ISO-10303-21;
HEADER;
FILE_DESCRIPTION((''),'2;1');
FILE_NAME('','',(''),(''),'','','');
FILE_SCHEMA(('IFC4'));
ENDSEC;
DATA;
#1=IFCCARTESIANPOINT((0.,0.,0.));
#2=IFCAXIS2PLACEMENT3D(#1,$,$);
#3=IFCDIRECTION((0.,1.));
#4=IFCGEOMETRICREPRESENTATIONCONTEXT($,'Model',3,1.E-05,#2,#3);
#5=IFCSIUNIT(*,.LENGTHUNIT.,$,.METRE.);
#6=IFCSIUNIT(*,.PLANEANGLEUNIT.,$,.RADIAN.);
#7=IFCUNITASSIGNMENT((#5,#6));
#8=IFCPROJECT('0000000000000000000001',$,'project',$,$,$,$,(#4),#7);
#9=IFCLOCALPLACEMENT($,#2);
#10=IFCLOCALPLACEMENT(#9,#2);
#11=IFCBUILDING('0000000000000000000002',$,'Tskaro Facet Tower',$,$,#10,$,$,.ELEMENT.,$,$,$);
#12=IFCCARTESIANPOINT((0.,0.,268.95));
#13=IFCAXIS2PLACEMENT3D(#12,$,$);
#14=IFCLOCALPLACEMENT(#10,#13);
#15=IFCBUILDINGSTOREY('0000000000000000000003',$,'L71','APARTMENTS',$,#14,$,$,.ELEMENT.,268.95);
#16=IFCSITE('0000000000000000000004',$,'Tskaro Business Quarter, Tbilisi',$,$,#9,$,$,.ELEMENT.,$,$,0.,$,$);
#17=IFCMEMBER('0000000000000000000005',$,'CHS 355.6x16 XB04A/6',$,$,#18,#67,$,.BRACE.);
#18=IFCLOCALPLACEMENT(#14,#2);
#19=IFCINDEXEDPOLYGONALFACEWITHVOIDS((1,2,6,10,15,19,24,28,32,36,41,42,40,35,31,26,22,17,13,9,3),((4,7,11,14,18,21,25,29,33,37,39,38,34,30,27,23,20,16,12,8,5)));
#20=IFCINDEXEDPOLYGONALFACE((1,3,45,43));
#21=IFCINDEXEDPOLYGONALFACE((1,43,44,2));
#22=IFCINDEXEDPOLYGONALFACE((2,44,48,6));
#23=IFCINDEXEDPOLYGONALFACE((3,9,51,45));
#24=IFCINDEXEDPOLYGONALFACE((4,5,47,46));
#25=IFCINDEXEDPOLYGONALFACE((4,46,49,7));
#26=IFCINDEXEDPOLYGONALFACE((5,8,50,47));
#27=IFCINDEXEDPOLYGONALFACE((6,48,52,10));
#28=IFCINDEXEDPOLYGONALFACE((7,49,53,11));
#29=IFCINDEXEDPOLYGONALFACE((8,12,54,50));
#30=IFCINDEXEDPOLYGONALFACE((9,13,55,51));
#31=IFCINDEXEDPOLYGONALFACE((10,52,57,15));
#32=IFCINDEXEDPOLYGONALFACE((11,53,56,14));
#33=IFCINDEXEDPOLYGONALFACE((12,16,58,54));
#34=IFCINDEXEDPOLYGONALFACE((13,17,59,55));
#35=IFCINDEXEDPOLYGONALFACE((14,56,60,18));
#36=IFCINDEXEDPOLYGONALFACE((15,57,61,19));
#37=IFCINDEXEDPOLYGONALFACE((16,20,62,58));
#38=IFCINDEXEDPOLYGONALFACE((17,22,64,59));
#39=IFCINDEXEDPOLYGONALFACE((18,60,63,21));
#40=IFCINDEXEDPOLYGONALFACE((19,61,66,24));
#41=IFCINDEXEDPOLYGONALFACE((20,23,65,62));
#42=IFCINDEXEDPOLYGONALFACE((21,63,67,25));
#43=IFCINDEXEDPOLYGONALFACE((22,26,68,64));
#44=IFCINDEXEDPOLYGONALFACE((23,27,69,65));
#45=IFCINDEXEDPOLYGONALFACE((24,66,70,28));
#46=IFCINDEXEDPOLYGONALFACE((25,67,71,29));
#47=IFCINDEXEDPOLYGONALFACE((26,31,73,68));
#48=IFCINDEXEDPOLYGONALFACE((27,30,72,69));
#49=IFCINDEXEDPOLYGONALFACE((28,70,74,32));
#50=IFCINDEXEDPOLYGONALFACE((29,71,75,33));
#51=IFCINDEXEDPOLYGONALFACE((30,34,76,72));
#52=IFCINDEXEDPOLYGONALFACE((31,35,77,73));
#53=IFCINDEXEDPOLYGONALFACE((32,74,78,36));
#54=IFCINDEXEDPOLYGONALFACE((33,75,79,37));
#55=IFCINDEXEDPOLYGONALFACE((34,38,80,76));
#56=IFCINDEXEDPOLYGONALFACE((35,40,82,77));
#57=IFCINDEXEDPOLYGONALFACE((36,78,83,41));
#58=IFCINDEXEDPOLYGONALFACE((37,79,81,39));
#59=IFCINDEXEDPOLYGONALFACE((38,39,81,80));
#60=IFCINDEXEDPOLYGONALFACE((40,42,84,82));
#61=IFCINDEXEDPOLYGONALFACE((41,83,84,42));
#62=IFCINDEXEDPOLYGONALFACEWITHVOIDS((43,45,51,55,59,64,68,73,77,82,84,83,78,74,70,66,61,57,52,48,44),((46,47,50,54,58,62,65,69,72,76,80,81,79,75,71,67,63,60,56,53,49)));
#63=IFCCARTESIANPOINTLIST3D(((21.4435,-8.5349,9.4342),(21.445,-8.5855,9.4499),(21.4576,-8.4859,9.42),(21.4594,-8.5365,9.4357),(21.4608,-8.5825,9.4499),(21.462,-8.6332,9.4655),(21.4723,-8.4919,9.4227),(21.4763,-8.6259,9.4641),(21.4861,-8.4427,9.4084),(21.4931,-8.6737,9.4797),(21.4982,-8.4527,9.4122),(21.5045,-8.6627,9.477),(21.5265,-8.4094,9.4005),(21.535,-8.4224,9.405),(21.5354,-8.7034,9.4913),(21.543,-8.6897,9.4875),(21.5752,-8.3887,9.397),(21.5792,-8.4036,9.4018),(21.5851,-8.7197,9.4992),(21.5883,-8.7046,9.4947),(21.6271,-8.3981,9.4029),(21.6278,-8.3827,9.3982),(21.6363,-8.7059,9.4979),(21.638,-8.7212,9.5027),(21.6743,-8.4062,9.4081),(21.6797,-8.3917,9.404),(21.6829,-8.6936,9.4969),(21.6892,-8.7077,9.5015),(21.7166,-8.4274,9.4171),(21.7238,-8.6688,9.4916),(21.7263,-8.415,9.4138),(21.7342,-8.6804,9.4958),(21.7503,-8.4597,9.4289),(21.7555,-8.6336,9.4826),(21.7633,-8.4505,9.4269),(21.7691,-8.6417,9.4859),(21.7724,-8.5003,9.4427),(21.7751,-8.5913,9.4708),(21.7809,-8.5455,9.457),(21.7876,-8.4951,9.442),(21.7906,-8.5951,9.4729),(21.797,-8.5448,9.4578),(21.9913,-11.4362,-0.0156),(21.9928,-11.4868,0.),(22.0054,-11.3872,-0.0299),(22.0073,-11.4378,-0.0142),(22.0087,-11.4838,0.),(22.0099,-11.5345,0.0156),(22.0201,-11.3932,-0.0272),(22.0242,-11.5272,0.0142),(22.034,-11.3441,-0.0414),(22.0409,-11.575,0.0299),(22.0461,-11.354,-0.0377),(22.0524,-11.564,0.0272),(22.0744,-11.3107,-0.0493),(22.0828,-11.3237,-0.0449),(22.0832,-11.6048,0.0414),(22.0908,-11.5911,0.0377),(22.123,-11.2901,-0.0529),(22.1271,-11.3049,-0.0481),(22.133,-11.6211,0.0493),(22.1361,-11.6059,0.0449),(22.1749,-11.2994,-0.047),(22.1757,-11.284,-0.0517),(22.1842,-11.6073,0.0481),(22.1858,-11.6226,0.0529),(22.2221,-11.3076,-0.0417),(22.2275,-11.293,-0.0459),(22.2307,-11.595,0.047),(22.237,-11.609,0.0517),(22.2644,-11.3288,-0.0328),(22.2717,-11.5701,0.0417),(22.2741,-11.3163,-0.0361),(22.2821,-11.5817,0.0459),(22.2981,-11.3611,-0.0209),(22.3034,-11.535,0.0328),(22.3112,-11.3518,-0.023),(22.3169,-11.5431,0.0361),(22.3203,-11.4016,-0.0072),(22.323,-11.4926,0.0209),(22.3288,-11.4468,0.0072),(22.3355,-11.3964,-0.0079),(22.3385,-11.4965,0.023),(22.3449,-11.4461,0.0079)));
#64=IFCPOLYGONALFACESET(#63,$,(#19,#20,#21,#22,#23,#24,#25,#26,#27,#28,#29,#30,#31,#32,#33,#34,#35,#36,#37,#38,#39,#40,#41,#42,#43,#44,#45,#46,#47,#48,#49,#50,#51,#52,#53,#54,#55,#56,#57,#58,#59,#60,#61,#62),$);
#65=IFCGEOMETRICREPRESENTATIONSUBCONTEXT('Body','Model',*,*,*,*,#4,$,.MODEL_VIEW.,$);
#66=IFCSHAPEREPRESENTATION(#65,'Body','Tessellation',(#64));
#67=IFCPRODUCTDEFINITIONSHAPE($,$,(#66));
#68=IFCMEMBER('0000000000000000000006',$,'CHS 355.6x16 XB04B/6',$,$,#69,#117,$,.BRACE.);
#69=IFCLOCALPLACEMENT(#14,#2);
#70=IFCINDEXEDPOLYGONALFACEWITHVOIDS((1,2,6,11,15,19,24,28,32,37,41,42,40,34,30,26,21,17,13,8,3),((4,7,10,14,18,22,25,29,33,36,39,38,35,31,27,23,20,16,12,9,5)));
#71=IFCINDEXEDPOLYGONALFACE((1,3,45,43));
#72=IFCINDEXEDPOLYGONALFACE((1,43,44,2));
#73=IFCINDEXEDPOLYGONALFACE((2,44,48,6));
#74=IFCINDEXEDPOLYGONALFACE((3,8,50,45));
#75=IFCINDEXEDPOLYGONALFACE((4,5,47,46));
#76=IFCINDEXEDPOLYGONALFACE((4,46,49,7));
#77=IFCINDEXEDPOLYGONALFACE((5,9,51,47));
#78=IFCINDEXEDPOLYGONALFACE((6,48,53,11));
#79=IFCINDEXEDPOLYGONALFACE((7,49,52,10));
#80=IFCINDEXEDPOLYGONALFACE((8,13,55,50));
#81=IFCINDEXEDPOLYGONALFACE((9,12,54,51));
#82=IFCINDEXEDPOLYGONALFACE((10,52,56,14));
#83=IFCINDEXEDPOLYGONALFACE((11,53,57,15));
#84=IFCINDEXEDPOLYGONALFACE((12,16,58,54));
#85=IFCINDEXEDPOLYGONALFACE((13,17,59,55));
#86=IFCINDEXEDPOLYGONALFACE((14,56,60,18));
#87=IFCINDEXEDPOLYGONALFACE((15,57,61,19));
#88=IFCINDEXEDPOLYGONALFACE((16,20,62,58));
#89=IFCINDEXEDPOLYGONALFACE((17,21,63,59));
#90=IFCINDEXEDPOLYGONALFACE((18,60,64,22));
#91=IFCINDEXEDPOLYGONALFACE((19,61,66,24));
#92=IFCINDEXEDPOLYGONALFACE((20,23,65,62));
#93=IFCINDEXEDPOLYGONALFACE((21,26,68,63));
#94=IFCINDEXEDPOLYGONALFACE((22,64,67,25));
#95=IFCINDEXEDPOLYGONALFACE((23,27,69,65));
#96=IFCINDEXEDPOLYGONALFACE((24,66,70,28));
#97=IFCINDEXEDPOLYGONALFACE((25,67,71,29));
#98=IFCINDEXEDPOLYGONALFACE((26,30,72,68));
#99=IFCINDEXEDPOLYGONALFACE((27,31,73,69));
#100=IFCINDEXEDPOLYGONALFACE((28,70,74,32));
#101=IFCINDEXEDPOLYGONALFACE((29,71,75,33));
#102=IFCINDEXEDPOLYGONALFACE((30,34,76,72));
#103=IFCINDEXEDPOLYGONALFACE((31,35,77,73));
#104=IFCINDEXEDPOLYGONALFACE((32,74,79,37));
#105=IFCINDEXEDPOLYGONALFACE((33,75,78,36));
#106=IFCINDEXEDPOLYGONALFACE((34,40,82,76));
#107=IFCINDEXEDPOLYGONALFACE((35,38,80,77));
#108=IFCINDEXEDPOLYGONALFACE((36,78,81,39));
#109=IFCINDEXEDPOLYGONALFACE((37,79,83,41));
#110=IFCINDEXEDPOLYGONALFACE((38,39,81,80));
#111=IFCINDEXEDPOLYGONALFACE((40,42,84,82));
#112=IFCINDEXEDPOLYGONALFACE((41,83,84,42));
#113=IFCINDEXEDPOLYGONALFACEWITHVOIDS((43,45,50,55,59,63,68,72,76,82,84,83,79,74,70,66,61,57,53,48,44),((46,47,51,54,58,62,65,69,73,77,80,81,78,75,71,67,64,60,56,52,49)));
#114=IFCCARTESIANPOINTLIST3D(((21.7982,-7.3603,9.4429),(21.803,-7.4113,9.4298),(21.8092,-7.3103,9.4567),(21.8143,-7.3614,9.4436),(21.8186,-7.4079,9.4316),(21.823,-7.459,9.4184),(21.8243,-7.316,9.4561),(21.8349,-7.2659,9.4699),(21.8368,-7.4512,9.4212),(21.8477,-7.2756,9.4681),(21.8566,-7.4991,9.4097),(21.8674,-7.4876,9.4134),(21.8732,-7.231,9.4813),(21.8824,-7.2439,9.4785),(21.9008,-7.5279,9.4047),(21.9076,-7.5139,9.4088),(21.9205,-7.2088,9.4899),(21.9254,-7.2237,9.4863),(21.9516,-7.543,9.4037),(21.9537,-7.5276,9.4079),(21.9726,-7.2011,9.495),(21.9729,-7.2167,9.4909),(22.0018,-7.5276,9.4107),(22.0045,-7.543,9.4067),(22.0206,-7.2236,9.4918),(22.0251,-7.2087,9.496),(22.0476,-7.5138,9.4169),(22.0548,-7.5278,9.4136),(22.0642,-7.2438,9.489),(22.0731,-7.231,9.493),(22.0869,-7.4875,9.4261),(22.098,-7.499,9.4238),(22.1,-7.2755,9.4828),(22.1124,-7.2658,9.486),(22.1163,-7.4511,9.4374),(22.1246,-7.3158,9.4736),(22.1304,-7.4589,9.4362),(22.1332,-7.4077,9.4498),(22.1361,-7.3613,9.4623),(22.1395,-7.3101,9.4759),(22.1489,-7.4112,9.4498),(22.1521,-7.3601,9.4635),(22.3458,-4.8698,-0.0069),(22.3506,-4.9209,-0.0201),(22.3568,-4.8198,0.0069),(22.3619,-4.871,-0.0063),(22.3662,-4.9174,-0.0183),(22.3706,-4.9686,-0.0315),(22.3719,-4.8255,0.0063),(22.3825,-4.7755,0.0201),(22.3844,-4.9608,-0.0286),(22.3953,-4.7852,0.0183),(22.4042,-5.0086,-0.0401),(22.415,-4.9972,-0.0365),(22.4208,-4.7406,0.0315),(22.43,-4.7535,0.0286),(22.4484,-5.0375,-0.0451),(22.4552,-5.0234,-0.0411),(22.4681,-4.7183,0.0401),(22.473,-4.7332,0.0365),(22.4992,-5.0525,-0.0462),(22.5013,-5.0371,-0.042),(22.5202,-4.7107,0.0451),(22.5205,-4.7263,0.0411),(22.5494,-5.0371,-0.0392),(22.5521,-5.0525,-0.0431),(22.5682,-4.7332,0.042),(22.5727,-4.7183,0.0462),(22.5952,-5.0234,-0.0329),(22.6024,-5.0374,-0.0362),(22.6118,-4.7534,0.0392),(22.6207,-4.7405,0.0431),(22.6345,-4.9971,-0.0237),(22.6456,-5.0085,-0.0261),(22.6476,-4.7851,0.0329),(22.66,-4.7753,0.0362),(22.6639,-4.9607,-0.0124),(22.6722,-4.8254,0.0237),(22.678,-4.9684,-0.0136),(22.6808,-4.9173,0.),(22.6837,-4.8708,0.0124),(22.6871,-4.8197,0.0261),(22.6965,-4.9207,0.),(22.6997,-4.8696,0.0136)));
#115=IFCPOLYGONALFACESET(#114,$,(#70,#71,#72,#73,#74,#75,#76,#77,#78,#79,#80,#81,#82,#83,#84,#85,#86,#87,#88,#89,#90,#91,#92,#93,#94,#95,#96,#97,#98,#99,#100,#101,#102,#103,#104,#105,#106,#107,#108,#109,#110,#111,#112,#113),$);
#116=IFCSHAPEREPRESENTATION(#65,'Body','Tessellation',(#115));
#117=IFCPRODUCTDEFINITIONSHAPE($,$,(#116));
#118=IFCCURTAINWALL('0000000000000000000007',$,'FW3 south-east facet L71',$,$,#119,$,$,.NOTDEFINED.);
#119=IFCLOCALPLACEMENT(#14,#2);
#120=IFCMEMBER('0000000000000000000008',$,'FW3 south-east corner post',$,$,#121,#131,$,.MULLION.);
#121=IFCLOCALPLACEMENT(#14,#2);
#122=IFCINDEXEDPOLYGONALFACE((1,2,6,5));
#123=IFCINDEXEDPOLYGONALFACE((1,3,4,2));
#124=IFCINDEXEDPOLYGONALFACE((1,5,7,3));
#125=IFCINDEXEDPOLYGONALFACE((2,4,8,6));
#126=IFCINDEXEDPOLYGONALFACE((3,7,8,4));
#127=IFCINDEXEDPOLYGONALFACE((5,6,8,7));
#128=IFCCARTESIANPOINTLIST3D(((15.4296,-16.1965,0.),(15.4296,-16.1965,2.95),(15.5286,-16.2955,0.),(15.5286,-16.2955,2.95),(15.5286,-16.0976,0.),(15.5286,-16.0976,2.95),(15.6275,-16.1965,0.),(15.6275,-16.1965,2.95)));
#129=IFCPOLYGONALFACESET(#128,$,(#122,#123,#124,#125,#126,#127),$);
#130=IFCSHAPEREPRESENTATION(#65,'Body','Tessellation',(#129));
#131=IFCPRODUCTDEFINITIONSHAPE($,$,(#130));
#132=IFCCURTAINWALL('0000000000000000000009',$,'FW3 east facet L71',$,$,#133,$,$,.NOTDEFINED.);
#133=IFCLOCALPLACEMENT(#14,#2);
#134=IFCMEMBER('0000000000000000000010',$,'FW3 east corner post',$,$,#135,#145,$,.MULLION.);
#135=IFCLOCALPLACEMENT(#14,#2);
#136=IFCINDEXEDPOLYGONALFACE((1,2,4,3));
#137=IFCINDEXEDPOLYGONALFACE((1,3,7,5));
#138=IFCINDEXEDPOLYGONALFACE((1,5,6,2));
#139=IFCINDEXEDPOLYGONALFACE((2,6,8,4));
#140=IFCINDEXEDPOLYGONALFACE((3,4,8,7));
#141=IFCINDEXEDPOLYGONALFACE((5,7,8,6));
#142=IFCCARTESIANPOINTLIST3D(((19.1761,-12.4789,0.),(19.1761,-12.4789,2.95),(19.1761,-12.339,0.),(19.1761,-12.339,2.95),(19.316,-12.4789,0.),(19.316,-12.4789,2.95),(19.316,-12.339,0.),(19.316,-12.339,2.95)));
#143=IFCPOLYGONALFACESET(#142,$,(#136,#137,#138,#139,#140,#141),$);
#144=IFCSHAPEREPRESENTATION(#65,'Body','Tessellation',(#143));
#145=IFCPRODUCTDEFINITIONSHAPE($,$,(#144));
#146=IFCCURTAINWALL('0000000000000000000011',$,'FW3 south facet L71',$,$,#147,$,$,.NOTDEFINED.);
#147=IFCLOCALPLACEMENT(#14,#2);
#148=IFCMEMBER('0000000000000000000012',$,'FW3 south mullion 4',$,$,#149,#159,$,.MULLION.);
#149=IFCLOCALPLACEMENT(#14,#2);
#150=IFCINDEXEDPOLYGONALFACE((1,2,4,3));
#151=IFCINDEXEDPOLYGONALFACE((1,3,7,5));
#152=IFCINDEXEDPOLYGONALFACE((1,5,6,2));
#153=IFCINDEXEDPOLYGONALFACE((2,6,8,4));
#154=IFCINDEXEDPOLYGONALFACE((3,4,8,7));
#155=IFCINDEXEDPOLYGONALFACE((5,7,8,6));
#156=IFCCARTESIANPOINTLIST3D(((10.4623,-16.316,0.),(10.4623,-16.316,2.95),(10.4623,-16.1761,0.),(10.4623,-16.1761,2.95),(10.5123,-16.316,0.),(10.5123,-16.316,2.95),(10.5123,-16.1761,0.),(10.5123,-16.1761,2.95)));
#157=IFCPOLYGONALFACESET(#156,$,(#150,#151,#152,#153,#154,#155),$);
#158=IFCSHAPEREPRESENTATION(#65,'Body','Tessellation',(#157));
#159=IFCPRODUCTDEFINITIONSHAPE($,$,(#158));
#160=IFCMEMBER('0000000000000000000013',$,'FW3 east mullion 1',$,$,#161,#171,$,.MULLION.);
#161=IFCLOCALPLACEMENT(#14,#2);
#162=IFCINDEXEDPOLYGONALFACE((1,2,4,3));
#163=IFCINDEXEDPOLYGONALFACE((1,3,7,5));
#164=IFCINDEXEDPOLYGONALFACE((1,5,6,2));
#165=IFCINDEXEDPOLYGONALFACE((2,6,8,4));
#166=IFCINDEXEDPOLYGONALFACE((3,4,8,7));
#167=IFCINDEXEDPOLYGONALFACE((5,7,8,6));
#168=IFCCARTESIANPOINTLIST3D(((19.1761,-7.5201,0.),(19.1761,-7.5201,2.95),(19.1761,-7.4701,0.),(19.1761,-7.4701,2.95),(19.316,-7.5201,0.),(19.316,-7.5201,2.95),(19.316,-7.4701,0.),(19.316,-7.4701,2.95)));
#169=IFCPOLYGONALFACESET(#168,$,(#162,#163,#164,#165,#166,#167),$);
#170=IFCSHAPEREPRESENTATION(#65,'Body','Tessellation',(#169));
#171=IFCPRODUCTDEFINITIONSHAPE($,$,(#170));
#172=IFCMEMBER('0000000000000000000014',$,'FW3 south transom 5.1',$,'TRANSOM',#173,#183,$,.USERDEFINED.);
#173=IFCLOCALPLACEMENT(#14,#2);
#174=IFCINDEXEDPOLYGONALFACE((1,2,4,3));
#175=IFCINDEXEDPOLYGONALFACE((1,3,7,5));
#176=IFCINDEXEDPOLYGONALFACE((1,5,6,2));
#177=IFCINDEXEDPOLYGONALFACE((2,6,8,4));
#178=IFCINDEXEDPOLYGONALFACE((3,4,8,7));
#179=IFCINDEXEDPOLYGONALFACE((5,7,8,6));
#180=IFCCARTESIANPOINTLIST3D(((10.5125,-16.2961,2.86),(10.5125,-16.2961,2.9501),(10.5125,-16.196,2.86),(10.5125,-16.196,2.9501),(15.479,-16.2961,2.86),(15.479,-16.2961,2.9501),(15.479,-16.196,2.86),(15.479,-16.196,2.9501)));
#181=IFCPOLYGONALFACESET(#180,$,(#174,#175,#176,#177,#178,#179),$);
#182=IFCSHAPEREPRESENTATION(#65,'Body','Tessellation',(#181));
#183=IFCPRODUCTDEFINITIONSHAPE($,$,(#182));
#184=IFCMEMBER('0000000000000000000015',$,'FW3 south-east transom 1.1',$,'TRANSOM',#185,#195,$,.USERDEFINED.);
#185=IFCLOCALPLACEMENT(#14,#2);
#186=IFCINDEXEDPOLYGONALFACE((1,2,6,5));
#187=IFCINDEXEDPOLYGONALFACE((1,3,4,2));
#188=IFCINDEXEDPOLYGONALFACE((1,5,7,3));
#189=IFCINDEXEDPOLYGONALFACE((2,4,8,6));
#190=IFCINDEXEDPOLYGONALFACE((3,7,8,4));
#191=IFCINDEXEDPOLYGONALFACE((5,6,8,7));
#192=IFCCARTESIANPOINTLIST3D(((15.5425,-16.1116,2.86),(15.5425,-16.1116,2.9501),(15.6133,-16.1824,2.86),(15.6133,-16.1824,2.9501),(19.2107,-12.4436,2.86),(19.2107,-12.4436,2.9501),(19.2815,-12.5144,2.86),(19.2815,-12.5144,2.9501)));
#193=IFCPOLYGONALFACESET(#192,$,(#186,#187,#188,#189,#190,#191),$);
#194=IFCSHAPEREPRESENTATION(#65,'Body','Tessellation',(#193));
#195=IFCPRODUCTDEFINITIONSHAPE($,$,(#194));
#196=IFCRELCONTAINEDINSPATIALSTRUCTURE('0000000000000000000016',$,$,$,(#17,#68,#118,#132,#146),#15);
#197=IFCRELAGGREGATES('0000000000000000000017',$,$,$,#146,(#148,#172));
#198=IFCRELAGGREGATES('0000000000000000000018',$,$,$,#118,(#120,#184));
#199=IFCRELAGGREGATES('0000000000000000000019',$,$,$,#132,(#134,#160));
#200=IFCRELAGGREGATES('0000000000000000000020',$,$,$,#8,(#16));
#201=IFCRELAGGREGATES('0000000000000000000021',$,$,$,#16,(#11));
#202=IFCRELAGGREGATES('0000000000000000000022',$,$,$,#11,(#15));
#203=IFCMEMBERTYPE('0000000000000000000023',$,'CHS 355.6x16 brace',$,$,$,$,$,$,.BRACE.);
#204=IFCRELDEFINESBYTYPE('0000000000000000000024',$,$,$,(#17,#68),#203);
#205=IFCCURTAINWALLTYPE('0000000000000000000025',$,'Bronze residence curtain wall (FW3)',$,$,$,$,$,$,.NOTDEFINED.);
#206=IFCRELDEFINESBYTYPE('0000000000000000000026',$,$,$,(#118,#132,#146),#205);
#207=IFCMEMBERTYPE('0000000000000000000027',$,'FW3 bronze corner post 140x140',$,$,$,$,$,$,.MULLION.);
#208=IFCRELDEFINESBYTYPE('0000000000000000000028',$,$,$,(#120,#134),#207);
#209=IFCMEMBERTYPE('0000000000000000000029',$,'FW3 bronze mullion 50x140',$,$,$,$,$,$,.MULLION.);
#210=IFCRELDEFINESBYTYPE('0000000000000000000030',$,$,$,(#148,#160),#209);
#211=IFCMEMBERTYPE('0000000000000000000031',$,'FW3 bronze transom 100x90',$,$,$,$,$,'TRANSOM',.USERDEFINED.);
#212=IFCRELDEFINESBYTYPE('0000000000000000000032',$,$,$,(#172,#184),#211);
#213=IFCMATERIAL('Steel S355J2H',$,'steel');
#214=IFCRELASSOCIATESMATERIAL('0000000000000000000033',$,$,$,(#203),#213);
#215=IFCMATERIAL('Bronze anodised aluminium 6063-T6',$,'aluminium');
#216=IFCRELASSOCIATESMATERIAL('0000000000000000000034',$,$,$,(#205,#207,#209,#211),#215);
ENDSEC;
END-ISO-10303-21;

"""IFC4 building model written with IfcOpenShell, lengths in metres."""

from ifc_helpers import new_model, si_unit, direction, frame, origin, origin_2d, place, context, subcontext, project, spatial, rectangle, hollow_circle, extrude, material, material_profile, profile_set, type_object, element, aggregate, save


model = new_model("IFC4")

# Units and contexts
model_context = context("Model", 3, precision=1e-05, world=origin(), true_north=direction((0.0, 1.0)))
body_context = subcontext(model_context, "Body", "Model", "MODEL_VIEW")
ifc_project = project(units=[si_unit("LENGTHUNIT", "METRE"), si_unit("PLANEANGLEUNIT", "RADIAN")], contexts=[model_context])

# Site, building, storey
site_placement = place(None, origin())
site = spatial("IfcSite", under=ifc_project, at=site_placement, Name="Tskaro Business Quarter, Tbilisi", CompositionType="ELEMENT", RefElevation=0.0)
building_placement = place(site_placement, origin())
building = spatial("IfcBuilding", under=site, at=building_placement, Name="Tskaro Facet Tower", CompositionType="ELEMENT")
storey_placement = place(building_placement, frame((0.0, 0.0, 268.95)))
storey = spatial("IfcBuildingStorey", under=building, at=storey_placement, Name="L71", Description="APARTMENTS", CompositionType="ELEMENT", Elevation=268.95)

# Shared definitions
ifc_material_1 = material(Name="Steel S355J2H", Category="steel")

# Members
ifc_material_profile_1 = material_profile(ifc_material_1, hollow_circle(Radius=0.1777, WallThickness=0.0161, at=origin_2d()), Name="CHS 355.6x16")
ifc_profile_set_1 = profile_set([ifc_material_profile_1], Name="Steel S355J2H")
member_type_1 = type_object("IfcMemberType", Name="CHS 355.6x16 brace", PredefinedType="BRACE", material=ifc_profile_set_1)
member_1_placement = place(storey_placement, frame((22.1675, -11.4539, 0.0), z_axis=(-0.055336, 0.293053, 0.954494), x_axis=(-0.982635, -0.185546, 0.0)))
element("IfcMember", 1, at=member_1_placement, inside=storey, type_object=member_type_1, Name="CHS 355.6x16 XB04A/6", PredefinedType="BRACE", context=body_context, shape_type="SweptSolid", body=[
    extrude(hollow_circle(Radius=0.1777, WallThickness=0.0161, at=origin_2d()), origin(), (0.0, 0.0, 1.0), 9.9004),
])
member_2_placement = place(storey_placement, frame((22.5229, -4.8826, 0.0), z_axis=(-0.055947, -0.254443, 0.965468), x_axis=(0.976669, -0.21475, 0.0)))
element("IfcMember", 2, at=member_2_placement, inside=storey, type_object=member_type_1, Name="CHS 355.6x16 XB04B/6", PredefinedType="BRACE", context=body_context, shape_type="SweptSolid", body=[
    extrude(hollow_circle(Radius=0.1777, WallThickness=0.0161, at=origin_2d()), origin(), (0.0, 0.0, 1.0), 9.7878),
])

# Curtain walls, members
ifc_material_2 = material(Name="Bronze anodised aluminium 6063-T6", Category="aluminium")
curtain_wall_type = type_object("IfcCurtainWallType", Name="Bronze residence curtain wall (FW3)", PredefinedType="NOTDEFINED", material=ifc_material_2)
curtain_wall_1_placement = place(storey_placement, origin())
curtain_wall_1 = element("IfcCurtainWall", 3, at=curtain_wall_1_placement, inside=storey, type_object=curtain_wall_type, Name="FW3 south-east facet L71", PredefinedType="NOTDEFINED")
ifc_material_profile_2 = material_profile(ifc_material_2, rectangle(XDim=0.1399, YDim=0.1399, at=origin_2d()), Name="Corner post 140x140")
ifc_profile_set_2 = profile_set([ifc_material_profile_2], Name="Bronze anodised aluminium 6063-T6")
member_type_2 = type_object("IfcMemberType", Name="FW3 bronze corner post 140x140", PredefinedType="MULLION", material=ifc_profile_set_2)
member_3_placement = place(storey_placement, frame((15.5286, -16.1965, 0.0), z_axis=(0.0, 0.0, 1.0), x_axis=(0.707107, 0.707107, 0.0)))
member_3 = element("IfcMember", 4, at=member_3_placement, type_object=member_type_2, Name="FW3 south-east corner post", PredefinedType="MULLION", context=body_context, shape_type="SweptSolid", body=[
    extrude(rectangle(XDim=0.1399, YDim=0.1399, at=origin_2d()), origin(), (0.0, 0.0, 1.0), 2.95),
])
curtain_wall_2_placement = place(storey_placement, origin())
curtain_wall_2 = element("IfcCurtainWall", 5, at=curtain_wall_2_placement, inside=storey, type_object=curtain_wall_type, Name="FW3 east facet L71", PredefinedType="NOTDEFINED")
member_4_placement = place(storey_placement, frame((19.2461, -12.4089, 0.0), z_axis=(0.0, 0.0, 1.0), x_axis=(0.0, 1.0, 0.0)))
member_4 = element("IfcMember", 6, at=member_4_placement, type_object=member_type_2, Name="FW3 east corner post", PredefinedType="MULLION", context=body_context, shape_type="SweptSolid", body=[
    extrude(rectangle(XDim=0.1399, YDim=0.1399, at=origin_2d()), origin(), (0.0, 0.0, 1.0), 2.95),
])
curtain_wall_3_placement = place(storey_placement, origin())
curtain_wall_3 = element("IfcCurtainWall", 7, at=curtain_wall_3_placement, inside=storey, type_object=curtain_wall_type, Name="FW3 south facet L71", PredefinedType="NOTDEFINED")
ifc_material_profile_3 = material_profile(ifc_material_2, rectangle(XDim=0.05, YDim=0.1399, at=origin_2d()), Name="Mullion 50x140")
ifc_profile_set_3 = profile_set([ifc_material_profile_3], Name="Bronze anodised aluminium 6063-T6")
member_type_3 = type_object("IfcMemberType", Name="FW3 bronze mullion 50x140", PredefinedType="MULLION", material=ifc_profile_set_3)
member_5_placement = place(storey_placement, frame((10.4873, -16.2461, 0.0), z_axis=(0.0, 0.0, 1.0), x_axis=(1.0, 0.0, 0.0)))
member_5 = element("IfcMember", 8, at=member_5_placement, type_object=member_type_3, Name="FW3 south mullion 4", PredefinedType="MULLION", context=body_context, shape_type="SweptSolid", body=[
    extrude(rectangle(XDim=0.05, YDim=0.1399, at=origin_2d()), origin(), (0.0, 0.0, 1.0), 2.95),
])

# Members
member_6_placement = place(storey_placement, frame((19.2461, -7.4951, 0.0), z_axis=(0.0, 0.0, 1.0), x_axis=(0.0, 1.0, 0.0)))
member_6 = element("IfcMember", 9, at=member_6_placement, type_object=member_type_3, Name="FW3 east mullion 1", PredefinedType="MULLION", context=body_context, shape_type="SweptSolid", body=[
    extrude(rectangle(XDim=0.05, YDim=0.1399, at=origin_2d()), origin(), (0.0, 0.0, 1.0), 2.95),
])
ifc_material_profile_4 = material_profile(ifc_material_2, rectangle(XDim=0.1001, YDim=0.0901, at=origin_2d()), Name="Transom 100x90")
ifc_profile_set_4 = profile_set([ifc_material_profile_4], Name="Bronze anodised aluminium 6063-T6")
member_type_4 = type_object("IfcMemberType", Name="FW3 bronze transom 100x90", ElementType="TRANSOM", PredefinedType="USERDEFINED", material=ifc_profile_set_4)
member_7_placement = place(storey_placement, frame((10.5125, -16.2461, 2.905), z_axis=(1.0, 0.0, 0.0), x_axis=(0.0, 1.0, 0.0)))
member_7 = element("IfcMember", 10, at=member_7_placement, type_object=member_type_4, Name="FW3 south transom 5.1", ObjectType="TRANSOM", PredefinedType="USERDEFINED", context=body_context, shape_type="SweptSolid", body=[
    extrude(rectangle(XDim=0.1001, YDim=0.0901, at=origin_2d()), origin(), (0.0, 0.0, 1.0), 4.9666),
])
member_8_placement = place(storey_placement, frame((15.5779, -16.147, 2.905), z_axis=(0.70713, 0.707083, 0.0), x_axis=(-0.707083, 0.70713, 0.0)))
member_8 = element("IfcMember", 11, at=member_8_placement, type_object=member_type_4, Name="FW3 south-east transom 1.1", ObjectType="TRANSOM", PredefinedType="USERDEFINED", context=body_context, shape_type="SweptSolid", body=[
    extrude(rectangle(XDim=0.1001, YDim=0.0901, at=origin_2d()), origin(), (0.0, 0.0, 1.0), 5.1875),
])

aggregate(curtain_wall_3, [member_5, member_7])
aggregate(curtain_wall_1, [member_3, member_8])
aggregate(curtain_wall_2, [member_4, member_6])

save(model, "model.ifc")
